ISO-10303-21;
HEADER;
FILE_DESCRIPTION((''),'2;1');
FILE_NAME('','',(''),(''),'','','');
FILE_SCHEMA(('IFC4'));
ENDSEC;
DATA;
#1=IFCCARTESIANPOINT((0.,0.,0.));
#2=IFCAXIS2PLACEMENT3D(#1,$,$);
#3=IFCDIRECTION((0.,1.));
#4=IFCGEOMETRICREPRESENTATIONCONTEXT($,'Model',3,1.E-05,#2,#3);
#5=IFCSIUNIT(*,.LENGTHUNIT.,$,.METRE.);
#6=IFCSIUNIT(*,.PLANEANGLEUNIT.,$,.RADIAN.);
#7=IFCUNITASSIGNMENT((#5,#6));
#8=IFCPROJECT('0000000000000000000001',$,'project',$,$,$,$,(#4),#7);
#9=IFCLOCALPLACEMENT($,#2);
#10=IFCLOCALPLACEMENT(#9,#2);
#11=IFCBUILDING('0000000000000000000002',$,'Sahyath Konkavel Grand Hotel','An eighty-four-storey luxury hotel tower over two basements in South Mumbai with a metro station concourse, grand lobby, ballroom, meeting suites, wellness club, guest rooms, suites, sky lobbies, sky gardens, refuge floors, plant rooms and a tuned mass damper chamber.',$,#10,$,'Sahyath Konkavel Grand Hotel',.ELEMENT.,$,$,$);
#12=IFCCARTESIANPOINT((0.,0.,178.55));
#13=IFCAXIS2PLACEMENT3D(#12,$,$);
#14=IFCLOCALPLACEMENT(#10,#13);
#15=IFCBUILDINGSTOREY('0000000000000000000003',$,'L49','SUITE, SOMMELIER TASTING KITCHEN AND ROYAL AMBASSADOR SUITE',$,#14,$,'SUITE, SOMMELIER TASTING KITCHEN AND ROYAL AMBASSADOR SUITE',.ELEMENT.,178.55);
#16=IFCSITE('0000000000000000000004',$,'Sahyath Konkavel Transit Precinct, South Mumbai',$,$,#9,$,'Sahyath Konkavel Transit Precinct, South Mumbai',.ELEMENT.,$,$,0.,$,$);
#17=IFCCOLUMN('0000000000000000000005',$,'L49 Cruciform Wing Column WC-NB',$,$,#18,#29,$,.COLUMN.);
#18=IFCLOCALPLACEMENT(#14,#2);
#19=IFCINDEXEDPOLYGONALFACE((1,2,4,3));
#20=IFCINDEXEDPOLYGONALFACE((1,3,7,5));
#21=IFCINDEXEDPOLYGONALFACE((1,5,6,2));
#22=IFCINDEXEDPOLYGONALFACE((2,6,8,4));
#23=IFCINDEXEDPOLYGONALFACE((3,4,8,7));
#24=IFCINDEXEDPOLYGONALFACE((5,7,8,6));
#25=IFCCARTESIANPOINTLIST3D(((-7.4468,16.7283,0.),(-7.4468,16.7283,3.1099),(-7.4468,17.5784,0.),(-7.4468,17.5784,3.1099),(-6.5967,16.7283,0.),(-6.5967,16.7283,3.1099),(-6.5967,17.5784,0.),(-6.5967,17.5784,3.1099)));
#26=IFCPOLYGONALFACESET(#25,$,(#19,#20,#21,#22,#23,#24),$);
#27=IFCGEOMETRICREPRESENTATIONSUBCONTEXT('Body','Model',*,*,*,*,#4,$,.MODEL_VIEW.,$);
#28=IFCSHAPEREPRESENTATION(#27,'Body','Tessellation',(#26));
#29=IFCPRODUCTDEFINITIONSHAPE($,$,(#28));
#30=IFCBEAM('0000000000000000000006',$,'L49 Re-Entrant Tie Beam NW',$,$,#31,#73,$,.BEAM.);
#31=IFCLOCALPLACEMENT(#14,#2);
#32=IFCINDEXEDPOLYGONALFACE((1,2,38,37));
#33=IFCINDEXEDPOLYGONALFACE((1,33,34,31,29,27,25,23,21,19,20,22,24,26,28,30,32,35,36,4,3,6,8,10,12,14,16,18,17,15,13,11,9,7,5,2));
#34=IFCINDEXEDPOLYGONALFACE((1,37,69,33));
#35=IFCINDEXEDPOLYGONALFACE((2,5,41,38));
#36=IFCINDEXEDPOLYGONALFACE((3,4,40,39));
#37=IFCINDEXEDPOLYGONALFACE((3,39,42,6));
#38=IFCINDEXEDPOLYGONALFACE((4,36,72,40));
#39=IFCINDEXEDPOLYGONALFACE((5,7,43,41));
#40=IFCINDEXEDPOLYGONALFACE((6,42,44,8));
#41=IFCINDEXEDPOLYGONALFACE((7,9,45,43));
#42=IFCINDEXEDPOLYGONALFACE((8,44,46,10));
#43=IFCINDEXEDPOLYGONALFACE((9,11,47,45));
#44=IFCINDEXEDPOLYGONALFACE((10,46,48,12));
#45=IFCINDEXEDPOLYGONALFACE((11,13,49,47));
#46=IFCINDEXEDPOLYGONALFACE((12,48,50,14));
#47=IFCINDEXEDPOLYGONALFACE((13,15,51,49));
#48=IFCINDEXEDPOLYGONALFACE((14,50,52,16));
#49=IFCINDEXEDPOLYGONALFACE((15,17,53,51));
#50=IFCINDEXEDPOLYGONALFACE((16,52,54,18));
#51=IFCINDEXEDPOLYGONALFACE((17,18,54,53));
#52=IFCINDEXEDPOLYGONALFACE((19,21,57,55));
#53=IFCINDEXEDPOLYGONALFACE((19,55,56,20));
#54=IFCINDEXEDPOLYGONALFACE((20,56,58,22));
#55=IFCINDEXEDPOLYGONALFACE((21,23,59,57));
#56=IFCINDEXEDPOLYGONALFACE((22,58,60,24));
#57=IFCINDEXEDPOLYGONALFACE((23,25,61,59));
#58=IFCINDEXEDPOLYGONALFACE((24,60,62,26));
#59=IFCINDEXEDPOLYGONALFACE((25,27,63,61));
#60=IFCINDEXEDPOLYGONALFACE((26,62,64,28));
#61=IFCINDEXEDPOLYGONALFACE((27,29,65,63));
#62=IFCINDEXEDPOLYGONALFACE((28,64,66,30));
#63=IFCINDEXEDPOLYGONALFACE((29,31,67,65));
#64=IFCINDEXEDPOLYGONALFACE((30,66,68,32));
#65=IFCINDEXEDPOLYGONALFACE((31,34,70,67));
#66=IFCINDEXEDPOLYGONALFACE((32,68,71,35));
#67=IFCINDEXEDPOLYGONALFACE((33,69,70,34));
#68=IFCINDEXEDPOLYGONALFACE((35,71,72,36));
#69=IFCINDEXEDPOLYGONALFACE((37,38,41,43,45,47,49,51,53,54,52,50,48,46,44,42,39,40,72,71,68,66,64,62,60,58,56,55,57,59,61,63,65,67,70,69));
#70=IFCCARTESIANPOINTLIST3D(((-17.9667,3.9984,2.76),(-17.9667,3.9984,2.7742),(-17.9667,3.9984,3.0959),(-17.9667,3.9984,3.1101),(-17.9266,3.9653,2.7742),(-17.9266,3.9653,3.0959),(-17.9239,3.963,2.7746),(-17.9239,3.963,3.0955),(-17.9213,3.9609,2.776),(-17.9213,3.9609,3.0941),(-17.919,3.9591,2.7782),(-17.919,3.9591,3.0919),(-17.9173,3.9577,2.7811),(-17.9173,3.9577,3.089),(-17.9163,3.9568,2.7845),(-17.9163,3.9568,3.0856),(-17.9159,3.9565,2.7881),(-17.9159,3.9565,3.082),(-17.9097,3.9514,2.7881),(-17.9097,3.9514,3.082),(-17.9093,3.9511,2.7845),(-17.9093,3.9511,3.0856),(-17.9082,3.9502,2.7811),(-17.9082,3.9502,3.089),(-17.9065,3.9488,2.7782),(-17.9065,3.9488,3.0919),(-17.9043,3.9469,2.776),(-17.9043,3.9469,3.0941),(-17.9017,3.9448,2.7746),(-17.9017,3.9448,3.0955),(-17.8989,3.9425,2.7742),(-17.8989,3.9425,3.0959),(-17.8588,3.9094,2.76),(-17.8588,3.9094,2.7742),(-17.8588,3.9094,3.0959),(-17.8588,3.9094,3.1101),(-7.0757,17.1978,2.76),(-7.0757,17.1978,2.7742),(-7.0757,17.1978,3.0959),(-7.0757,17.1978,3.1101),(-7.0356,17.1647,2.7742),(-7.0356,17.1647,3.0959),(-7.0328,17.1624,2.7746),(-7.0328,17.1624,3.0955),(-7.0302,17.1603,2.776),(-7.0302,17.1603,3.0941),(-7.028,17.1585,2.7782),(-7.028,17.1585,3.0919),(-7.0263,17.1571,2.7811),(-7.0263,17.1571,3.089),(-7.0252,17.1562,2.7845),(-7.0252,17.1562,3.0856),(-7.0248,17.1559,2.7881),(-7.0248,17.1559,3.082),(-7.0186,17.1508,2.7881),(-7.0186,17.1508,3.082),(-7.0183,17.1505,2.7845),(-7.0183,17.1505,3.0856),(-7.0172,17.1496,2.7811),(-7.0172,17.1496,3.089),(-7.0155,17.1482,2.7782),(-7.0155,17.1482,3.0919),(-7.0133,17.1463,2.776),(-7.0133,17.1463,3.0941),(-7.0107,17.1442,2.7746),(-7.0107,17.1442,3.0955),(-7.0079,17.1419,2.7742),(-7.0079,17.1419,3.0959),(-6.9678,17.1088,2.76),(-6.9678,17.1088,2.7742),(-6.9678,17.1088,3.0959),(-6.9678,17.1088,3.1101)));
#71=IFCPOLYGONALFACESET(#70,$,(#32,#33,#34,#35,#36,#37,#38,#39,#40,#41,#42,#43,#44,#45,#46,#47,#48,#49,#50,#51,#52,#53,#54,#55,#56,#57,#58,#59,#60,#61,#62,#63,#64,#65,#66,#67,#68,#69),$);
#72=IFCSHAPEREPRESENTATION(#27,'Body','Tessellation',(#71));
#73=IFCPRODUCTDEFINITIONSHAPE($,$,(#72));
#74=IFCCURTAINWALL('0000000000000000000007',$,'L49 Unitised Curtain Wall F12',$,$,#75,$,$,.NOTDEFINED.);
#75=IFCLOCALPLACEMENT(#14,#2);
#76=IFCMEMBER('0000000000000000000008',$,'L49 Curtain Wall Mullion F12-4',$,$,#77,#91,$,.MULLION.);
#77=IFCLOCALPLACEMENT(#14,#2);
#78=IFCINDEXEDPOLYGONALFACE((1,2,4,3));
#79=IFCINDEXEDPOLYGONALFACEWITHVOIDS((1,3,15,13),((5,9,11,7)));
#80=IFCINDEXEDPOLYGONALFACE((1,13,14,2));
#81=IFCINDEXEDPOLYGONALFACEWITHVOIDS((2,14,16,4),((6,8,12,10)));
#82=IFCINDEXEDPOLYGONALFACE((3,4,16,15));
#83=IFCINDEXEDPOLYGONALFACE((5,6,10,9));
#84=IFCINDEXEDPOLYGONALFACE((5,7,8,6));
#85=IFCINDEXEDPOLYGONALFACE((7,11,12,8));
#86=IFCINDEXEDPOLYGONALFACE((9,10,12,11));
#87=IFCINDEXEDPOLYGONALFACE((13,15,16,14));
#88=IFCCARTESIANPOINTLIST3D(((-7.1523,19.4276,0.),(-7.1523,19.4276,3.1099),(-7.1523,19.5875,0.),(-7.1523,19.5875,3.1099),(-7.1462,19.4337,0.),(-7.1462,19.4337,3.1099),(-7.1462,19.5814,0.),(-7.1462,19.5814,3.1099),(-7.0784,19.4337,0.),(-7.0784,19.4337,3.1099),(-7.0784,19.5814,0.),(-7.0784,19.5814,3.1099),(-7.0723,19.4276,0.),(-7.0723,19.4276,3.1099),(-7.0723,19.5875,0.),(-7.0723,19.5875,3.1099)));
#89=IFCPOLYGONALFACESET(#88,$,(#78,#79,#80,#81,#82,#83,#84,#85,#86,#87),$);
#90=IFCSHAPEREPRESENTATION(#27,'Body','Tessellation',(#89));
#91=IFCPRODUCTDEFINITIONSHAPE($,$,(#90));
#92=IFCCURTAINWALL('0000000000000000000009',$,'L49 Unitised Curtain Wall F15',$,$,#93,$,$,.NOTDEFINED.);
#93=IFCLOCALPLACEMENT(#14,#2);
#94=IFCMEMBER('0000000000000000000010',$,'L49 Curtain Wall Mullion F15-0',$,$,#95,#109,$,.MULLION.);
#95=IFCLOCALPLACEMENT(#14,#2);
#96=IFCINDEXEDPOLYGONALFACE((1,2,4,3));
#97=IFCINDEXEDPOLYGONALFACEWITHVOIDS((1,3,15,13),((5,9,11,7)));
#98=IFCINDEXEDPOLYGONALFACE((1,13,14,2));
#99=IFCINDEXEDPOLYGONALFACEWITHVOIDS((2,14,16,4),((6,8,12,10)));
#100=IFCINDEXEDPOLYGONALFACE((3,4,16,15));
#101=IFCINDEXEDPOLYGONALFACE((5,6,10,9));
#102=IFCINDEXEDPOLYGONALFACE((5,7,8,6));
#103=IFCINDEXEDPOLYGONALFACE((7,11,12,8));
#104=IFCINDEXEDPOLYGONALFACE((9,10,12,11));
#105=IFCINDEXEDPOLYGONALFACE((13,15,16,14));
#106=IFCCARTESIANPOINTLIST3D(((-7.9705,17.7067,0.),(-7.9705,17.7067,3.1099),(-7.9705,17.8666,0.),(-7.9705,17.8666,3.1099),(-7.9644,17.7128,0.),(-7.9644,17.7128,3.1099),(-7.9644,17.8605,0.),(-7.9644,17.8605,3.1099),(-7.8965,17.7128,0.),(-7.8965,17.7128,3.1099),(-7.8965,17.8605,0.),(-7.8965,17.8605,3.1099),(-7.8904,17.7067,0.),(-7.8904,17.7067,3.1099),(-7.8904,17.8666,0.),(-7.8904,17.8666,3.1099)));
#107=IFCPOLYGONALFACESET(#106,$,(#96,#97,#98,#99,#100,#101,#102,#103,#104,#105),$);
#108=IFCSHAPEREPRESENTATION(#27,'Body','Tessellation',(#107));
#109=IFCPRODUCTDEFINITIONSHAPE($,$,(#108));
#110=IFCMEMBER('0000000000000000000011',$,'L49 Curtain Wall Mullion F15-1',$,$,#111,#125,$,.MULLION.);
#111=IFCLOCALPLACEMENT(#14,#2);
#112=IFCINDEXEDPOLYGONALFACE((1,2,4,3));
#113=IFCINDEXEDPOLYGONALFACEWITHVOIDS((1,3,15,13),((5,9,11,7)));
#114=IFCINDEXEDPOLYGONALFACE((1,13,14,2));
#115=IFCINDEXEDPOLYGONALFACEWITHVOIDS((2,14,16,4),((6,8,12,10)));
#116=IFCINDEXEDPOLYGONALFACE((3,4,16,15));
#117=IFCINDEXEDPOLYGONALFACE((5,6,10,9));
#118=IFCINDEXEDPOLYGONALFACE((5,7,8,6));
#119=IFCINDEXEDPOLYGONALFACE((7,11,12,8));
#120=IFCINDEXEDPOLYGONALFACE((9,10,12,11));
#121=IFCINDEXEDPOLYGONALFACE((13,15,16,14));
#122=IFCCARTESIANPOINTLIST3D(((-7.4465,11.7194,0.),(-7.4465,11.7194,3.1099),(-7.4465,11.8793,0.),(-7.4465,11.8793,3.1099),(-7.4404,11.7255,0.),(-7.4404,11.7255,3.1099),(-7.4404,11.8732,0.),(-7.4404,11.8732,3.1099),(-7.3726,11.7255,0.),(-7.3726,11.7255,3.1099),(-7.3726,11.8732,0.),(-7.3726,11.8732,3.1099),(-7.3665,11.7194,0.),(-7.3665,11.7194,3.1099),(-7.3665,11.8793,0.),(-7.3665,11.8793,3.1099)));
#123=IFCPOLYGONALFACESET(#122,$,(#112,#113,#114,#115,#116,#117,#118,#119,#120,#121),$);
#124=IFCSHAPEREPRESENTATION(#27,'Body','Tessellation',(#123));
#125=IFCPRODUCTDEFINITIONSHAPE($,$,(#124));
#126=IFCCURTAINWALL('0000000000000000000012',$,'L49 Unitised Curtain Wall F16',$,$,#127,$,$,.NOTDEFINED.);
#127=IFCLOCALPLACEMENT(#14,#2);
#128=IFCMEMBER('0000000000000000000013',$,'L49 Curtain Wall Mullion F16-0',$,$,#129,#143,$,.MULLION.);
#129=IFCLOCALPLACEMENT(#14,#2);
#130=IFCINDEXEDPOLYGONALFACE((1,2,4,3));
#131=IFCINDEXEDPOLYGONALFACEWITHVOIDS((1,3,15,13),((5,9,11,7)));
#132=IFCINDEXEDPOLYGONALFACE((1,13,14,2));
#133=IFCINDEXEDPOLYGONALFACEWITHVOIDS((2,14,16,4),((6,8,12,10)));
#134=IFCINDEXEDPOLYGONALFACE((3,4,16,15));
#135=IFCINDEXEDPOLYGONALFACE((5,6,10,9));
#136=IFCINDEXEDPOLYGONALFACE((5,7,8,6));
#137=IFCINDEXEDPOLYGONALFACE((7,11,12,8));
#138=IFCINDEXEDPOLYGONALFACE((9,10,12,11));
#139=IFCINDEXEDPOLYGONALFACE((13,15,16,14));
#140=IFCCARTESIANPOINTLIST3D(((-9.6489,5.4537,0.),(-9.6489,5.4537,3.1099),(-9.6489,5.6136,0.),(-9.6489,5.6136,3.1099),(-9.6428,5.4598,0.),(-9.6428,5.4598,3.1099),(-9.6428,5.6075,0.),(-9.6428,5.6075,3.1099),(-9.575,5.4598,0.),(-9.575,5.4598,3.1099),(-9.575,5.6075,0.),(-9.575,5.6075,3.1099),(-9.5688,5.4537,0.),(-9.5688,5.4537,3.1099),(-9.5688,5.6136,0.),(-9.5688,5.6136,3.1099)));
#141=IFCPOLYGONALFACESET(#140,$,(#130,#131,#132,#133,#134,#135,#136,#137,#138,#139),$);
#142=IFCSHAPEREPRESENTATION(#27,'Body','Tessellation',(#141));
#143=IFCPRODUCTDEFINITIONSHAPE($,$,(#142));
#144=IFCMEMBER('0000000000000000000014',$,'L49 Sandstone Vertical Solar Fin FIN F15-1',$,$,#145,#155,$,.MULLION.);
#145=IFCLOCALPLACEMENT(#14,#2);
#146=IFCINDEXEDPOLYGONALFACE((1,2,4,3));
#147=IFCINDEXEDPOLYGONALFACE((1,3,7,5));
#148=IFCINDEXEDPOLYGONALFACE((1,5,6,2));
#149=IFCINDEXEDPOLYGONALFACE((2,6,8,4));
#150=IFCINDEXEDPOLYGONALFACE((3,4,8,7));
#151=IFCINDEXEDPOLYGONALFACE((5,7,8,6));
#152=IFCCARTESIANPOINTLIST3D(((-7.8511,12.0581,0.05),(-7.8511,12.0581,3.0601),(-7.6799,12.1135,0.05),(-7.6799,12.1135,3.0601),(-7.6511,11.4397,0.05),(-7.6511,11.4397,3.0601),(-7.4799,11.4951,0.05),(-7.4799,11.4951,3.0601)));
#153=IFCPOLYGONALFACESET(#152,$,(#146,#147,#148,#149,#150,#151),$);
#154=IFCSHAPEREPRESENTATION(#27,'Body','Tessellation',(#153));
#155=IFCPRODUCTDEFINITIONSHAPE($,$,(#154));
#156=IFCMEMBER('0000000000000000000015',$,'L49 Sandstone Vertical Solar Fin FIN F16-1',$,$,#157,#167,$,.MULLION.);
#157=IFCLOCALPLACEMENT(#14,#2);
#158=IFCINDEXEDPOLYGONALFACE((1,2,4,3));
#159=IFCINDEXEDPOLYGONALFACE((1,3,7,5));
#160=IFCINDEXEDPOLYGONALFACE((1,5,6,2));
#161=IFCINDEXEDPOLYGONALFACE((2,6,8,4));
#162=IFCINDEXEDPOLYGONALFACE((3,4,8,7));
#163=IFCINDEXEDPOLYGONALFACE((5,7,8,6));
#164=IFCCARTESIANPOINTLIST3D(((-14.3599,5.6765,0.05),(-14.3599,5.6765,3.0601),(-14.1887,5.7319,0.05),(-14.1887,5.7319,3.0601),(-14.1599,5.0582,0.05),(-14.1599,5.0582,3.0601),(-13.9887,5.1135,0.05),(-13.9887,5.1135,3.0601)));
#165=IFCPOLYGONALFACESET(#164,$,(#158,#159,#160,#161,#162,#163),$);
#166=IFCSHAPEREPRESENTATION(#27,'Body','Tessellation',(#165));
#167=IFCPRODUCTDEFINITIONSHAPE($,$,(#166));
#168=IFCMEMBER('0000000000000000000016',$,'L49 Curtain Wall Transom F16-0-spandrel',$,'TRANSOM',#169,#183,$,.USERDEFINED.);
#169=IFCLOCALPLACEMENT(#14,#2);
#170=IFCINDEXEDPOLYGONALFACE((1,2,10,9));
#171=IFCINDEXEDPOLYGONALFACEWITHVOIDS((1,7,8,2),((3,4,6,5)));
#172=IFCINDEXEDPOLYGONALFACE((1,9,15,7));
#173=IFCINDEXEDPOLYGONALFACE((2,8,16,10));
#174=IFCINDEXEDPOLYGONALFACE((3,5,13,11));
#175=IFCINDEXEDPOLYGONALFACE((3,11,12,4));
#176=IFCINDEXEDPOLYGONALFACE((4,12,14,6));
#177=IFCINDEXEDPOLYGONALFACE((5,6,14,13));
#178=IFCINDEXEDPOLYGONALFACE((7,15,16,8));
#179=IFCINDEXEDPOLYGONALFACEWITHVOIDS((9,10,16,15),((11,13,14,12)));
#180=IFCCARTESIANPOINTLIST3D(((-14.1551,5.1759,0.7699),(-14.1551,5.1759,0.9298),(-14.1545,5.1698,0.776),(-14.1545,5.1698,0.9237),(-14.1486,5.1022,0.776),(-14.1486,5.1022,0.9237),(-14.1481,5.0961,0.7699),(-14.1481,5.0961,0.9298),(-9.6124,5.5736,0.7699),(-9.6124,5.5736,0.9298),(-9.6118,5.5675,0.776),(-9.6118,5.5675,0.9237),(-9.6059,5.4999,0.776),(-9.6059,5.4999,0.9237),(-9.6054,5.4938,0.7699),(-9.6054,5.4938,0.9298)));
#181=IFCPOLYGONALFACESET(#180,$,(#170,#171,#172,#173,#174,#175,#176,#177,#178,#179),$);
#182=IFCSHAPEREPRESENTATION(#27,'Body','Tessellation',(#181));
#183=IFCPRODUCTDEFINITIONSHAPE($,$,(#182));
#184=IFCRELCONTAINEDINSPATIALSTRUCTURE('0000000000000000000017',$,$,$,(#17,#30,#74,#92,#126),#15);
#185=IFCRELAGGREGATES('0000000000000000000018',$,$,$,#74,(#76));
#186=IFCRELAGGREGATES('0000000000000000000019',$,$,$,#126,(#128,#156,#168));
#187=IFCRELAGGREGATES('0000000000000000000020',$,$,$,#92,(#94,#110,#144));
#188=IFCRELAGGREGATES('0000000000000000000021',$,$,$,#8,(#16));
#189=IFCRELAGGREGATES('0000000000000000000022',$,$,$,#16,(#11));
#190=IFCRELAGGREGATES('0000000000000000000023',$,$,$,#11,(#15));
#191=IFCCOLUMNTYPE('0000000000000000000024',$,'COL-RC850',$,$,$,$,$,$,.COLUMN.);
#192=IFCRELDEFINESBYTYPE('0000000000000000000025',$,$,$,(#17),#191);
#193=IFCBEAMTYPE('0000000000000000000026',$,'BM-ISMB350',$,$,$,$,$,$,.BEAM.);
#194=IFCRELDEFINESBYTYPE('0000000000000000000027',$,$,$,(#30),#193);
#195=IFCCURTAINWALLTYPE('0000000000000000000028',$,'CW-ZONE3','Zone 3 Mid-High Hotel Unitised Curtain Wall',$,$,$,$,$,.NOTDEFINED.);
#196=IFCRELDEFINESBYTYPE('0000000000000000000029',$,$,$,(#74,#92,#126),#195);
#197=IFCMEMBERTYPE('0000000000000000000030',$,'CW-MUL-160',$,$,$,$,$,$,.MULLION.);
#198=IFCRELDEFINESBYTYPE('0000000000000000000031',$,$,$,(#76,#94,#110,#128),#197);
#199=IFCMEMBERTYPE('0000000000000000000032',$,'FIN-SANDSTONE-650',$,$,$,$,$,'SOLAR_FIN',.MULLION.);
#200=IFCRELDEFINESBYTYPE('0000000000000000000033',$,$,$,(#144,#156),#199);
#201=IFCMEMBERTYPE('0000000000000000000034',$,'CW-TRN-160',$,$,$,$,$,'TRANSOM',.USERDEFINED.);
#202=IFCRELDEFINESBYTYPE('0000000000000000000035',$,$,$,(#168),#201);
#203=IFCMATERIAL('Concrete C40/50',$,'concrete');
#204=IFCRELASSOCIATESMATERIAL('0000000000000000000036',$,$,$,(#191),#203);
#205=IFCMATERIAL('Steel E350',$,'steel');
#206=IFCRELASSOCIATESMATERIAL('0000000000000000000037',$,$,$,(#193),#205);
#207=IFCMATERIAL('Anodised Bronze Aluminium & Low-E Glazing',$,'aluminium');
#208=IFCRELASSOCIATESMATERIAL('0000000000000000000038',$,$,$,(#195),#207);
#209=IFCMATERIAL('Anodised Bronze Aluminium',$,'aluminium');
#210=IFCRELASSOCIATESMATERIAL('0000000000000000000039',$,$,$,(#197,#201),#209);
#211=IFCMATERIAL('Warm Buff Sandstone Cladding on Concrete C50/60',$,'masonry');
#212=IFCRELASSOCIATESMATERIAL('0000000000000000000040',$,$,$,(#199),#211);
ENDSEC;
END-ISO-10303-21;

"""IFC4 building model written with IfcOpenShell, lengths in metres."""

from ifc_helpers import new_model, si_unit, direction, frame, origin, origin_2d, place, context, subcontext, project, spatial, rectangle, hollow_rectangle, i_section, extrude, source, transform, mapped, material, material_profile, profile_set, type_object, element, aggregate, save


model = new_model("IFC4")

# Units and contexts
model_context = context("Model", 3, precision=1e-05, world=origin(), true_north=direction((0.0, 1.0)))
body_context = subcontext(model_context, "Body", "Model", "MODEL_VIEW")
ifc_project = project(units=[si_unit("LENGTHUNIT", "METRE"), si_unit("PLANEANGLEUNIT", "RADIAN")], contexts=[model_context])

# Site, building, storey
site_placement = place(None, origin())
site = spatial("IfcSite", under=ifc_project, at=site_placement, Name="Sahyath Konkavel Transit Precinct, South Mumbai", LongName="Sahyath Konkavel Transit Precinct, South Mumbai", CompositionType="ELEMENT", RefElevation=0.0)
building_placement = place(site_placement, origin())
building = spatial("IfcBuilding", under=site, at=building_placement, Name="Sahyath Konkavel Grand Hotel", Description="An eighty-four-storey luxury hotel tower over two basements in South Mumbai with a metro station concourse, grand lobby, ballroom, meeting suites, wellness club, guest rooms, suites, sky lobbies, sky gardens, refuge floors, plant rooms and a tuned mass damper chamber.", LongName="Sahyath Konkavel Grand Hotel", CompositionType="ELEMENT")
storey_placement = place(building_placement, frame((0.0, 0.0, 178.55)))
storey = spatial("IfcBuildingStorey", under=building, at=storey_placement, Name="L49", Description="SUITE, SOMMELIER TASTING KITCHEN AND ROYAL AMBASSADOR SUITE", LongName="SUITE, SOMMELIER TASTING KITCHEN AND ROYAL AMBASSADOR SUITE", CompositionType="ELEMENT", Elevation=178.55)

# Column
ifc_material_1 = material(Name="Concrete C40/50", Category="concrete")
ifc_material_profile_1 = material_profile(ifc_material_1, rectangle(XDim=0.8501, YDim=0.8501, at=origin_2d()), Name="RC 850x850")
ifc_profile_set_1 = profile_set([ifc_material_profile_1], Name="Concrete C40/50")
column_type = type_object("IfcColumnType", Name="COL-RC850", PredefinedType="COLUMN", material=ifc_profile_set_1)
shared_shape_1 = source(origin(), body_context, "Body", "SweptSolid", [
    extrude(rectangle(XDim=0.8501, YDim=0.8501, at=origin_2d()), origin(), (0.0, 0.0, 1.0), 3.1099),
])
column_placement = place(storey_placement, frame((-7.0217, 17.1533, 0.0), z_axis=(0.0, 0.0, 1.0), x_axis=(1.0, 0.0, 0.0)))
element("IfcColumn", 1, at=column_placement, inside=storey, type_object=column_type, Name="L49 Cruciform Wing Column WC-NB", PredefinedType="COLUMN", context=body_context, shape_type="MappedRepresentation", body=[
    mapped(shared_shape_1, transform((0.0, 0.0, 0.0), scale=1.0)),
])

# Beam
ifc_material_2 = material(Name="Steel E350", Category="steel")
ifc_material_profile_2 = material_profile(ifc_material_2, i_section(OverallWidth=0.1399, OverallDepth=0.3501, WebThickness=0.0081, FlangeThickness=0.0142, FilletRadius=0.0139, at=origin_2d()), Name="ISMB 350")
ifc_profile_set_2 = profile_set([ifc_material_profile_2], Name="Steel E350")
beam_type = type_object("IfcBeamType", Name="BM-ISMB350", PredefinedType="BEAM", material=ifc_profile_set_2)
shared_shape_2 = source(origin(), body_context, "Body", "SweptSolid", [
    extrude(i_section(OverallWidth=0.1399, OverallDepth=0.3501, WebThickness=0.0081, FlangeThickness=0.0142, FilletRadius=0.0139, at=origin_2d()), origin(), (0.0, 0.0, 1.0), 17.1125),
])
beam_placement = place(storey_placement, frame((-7.0217, 17.1533, 2.9351), z_axis=(-0.636437, -0.771329, 0.0), x_axis=(0.771329, -0.636437, 0.0)))
element("IfcBeam", 2, at=beam_placement, inside=storey, type_object=beam_type, Name="L49 Re-Entrant Tie Beam NW", PredefinedType="BEAM", context=body_context, shape_type="MappedRepresentation", body=[
    mapped(shared_shape_2, transform((0.0, 0.0, 0.0), scale=1.0)),
])

# Curtain wall, member
ifc_material_3 = material(Name="Anodised Bronze Aluminium & Low-E Glazing", Category="aluminium")
curtain_wall_type = type_object("IfcCurtainWallType", Name="CW-ZONE3", Description="Zone 3 Mid-High Hotel Unitised Curtain Wall", PredefinedType="NOTDEFINED", material=ifc_material_3)
curtain_wall_1_placement = place(storey_placement, origin())
curtain_wall_1 = element("IfcCurtainWall", 3, at=curtain_wall_1_placement, inside=storey, type_object=curtain_wall_type, Name="L49 Unitised Curtain Wall F12", PredefinedType="NOTDEFINED")
ifc_material_4 = material(Name="Anodised Bronze Aluminium", Category="aluminium")
ifc_material_profile_3 = material_profile(ifc_material_4, hollow_rectangle(XDim=0.0801, YDim=0.1599, WallThickness=0.0061, at=origin_2d()), Name="RHS 160x80x6")
ifc_profile_set_3 = profile_set([ifc_material_profile_3], Name="Anodised Bronze Aluminium")
member_type_1 = type_object("IfcMemberType", Name="CW-MUL-160", PredefinedType="MULLION", material=ifc_profile_set_3)
shared_shape_3 = source(origin(), body_context, "Body", "SweptSolid", [
    extrude(hollow_rectangle(XDim=0.0801, YDim=0.1599, WallThickness=0.0061, at=origin_2d()), origin(), (0.0, 0.0, 1.0), 3.1099),
])
member_1_placement = place(storey_placement, frame((-7.1123, 19.5076, 0.0), z_axis=(0.0, 0.0, 1.0), x_axis=(1.0, 0.0, 0.0)))
member_1 = element("IfcMember", 4, at=member_1_placement, type_object=member_type_1, Name="L49 Curtain Wall Mullion F12-4", PredefinedType="MULLION", context=body_context, shape_type="MappedRepresentation", body=[
    mapped(shared_shape_3, transform((0.0, 0.0, 0.0), scale=1.0)),
])
aggregate(curtain_wall_1, [member_1])

# Curtain wall, members
curtain_wall_2_placement = place(storey_placement, origin())
curtain_wall_2 = element("IfcCurtainWall", 5, at=curtain_wall_2_placement, inside=storey, type_object=curtain_wall_type, Name="L49 Unitised Curtain Wall F15", PredefinedType="NOTDEFINED")
member_2_placement = place(storey_placement, frame((-7.9304, 17.7866, 0.0), z_axis=(0.0, 0.0, 1.0), x_axis=(1.0, 0.0, 0.0)))
member_2 = element("IfcMember", 6, at=member_2_placement, type_object=member_type_1, Name="L49 Curtain Wall Mullion F15-0", PredefinedType="MULLION", context=body_context, shape_type="MappedRepresentation", body=[
    mapped(shared_shape_3, transform((0.0, 0.0, 0.0), scale=1.0)),
])
member_3_placement = place(storey_placement, frame((-7.4065, 11.7993, 0.0), z_axis=(0.0, 0.0, 1.0), x_axis=(1.0, 0.0, 0.0)))
member_3 = element("IfcMember", 7, at=member_3_placement, type_object=member_type_1, Name="L49 Curtain Wall Mullion F15-1", PredefinedType="MULLION", context=body_context, shape_type="MappedRepresentation", body=[
    mapped(shared_shape_3, transform((0.0, 0.0, 0.0), scale=1.0)),
])

# Curtain wall, member
curtain_wall_3_placement = place(storey_placement, origin())
curtain_wall_3 = element("IfcCurtainWall", 8, at=curtain_wall_3_placement, inside=storey, type_object=curtain_wall_type, Name="L49 Unitised Curtain Wall F16", PredefinedType="NOTDEFINED")
member_4_placement = place(storey_placement, frame((-9.6089, 5.5337, 0.0), z_axis=(0.0, 0.0, 1.0), x_axis=(1.0, 0.0, 0.0)))
member_4 = element("IfcMember", 9, at=member_4_placement, type_object=member_type_1, Name="L49 Curtain Wall Mullion F16-0", PredefinedType="MULLION", context=body_context, shape_type="MappedRepresentation", body=[
    mapped(shared_shape_3, transform((0.0, 0.0, 0.0), scale=1.0)),
])

# Members
ifc_material_5 = material(Name="Warm Buff Sandstone Cladding on Concrete C50/60", Category="masonry")
ifc_material_profile_4 = material_profile(ifc_material_5, rectangle(XDim=0.1799, YDim=0.6499, at=origin_2d()), Name="FIN 180x650")
ifc_profile_set_4 = profile_set([ifc_material_profile_4], Name="Warm Buff Sandstone Cladding on Concrete C50/60")
member_type_2 = type_object("IfcMemberType", Name="FIN-SANDSTONE-650", ElementType="SOLAR_FIN", PredefinedType="MULLION", material=ifc_profile_set_4)
shared_shape_4 = source(origin(), body_context, "Body", "SweptSolid", [
    extrude(rectangle(XDim=0.1799, YDim=0.6499, at=origin_2d()), origin(), (0.0, 0.0, 1.0), 3.01),
])
member_5_placement = place(storey_placement, frame((-7.6655, 11.7766, 0.05), z_axis=(0.0, 0.0, 1.0), x_axis=(0.951487, 0.307689, 0.0)))
member_5 = element("IfcMember", 10, at=member_5_placement, type_object=member_type_2, Name="L49 Sandstone Vertical Solar Fin FIN F15-1", PredefinedType="MULLION", context=body_context, shape_type="MappedRepresentation", body=[
    mapped(shared_shape_4, transform((0.0, 0.0, 0.0), scale=1.0)),
])
member_6_placement = place(storey_placement, frame((-14.1743, 5.395, 0.05), z_axis=(0.0, 0.0, 1.0), x_axis=(0.951487, 0.307689, 0.0)))
member_6 = element("IfcMember", 11, at=member_6_placement, type_object=member_type_2, Name="L49 Sandstone Vertical Solar Fin FIN F16-1", PredefinedType="MULLION", context=body_context, shape_type="MappedRepresentation", body=[
    mapped(shared_shape_4, transform((0.0, 0.0, 0.0), scale=1.0)),
])
ifc_material_profile_5 = material_profile(ifc_material_4, hollow_rectangle(XDim=0.0801, YDim=0.1599, WallThickness=0.0061, at=origin_2d()), Name="RHS 160x80x6")
ifc_profile_set_5 = profile_set([ifc_material_profile_5], Name="Anodised Bronze Aluminium")
member_type_3 = type_object("IfcMemberType", Name="CW-TRN-160", ElementType="TRANSOM", PredefinedType="USERDEFINED", material=ifc_profile_set_5)
shared_shape_5 = source(origin(), body_context, "Body", "SweptSolid", [
    extrude(hollow_rectangle(XDim=0.0801, YDim=0.1599, WallThickness=0.0061, at=origin_2d()), origin(), (0.0, 0.0, 1.0), 4.5601),
])
member_7_placement = place(storey_placement, frame((-9.6089, 5.5337, 0.8499), z_axis=(-0.99619, -0.087214, 0.0), x_axis=(0.087214, -0.99619, 0.0)))
member_7 = element("IfcMember", 12, at=member_7_placement, type_object=member_type_3, Name="L49 Curtain Wall Transom F16-0-spandrel", ObjectType="TRANSOM", PredefinedType="USERDEFINED", context=body_context, shape_type="MappedRepresentation", body=[
    mapped(shared_shape_5, transform((0.0, 0.0, 0.0), scale=1.0)),
])

aggregate(curtain_wall_3, [member_4, member_6, member_7])
aggregate(curtain_wall_2, [member_2, member_3, member_5])

save(model, "model.ifc")
